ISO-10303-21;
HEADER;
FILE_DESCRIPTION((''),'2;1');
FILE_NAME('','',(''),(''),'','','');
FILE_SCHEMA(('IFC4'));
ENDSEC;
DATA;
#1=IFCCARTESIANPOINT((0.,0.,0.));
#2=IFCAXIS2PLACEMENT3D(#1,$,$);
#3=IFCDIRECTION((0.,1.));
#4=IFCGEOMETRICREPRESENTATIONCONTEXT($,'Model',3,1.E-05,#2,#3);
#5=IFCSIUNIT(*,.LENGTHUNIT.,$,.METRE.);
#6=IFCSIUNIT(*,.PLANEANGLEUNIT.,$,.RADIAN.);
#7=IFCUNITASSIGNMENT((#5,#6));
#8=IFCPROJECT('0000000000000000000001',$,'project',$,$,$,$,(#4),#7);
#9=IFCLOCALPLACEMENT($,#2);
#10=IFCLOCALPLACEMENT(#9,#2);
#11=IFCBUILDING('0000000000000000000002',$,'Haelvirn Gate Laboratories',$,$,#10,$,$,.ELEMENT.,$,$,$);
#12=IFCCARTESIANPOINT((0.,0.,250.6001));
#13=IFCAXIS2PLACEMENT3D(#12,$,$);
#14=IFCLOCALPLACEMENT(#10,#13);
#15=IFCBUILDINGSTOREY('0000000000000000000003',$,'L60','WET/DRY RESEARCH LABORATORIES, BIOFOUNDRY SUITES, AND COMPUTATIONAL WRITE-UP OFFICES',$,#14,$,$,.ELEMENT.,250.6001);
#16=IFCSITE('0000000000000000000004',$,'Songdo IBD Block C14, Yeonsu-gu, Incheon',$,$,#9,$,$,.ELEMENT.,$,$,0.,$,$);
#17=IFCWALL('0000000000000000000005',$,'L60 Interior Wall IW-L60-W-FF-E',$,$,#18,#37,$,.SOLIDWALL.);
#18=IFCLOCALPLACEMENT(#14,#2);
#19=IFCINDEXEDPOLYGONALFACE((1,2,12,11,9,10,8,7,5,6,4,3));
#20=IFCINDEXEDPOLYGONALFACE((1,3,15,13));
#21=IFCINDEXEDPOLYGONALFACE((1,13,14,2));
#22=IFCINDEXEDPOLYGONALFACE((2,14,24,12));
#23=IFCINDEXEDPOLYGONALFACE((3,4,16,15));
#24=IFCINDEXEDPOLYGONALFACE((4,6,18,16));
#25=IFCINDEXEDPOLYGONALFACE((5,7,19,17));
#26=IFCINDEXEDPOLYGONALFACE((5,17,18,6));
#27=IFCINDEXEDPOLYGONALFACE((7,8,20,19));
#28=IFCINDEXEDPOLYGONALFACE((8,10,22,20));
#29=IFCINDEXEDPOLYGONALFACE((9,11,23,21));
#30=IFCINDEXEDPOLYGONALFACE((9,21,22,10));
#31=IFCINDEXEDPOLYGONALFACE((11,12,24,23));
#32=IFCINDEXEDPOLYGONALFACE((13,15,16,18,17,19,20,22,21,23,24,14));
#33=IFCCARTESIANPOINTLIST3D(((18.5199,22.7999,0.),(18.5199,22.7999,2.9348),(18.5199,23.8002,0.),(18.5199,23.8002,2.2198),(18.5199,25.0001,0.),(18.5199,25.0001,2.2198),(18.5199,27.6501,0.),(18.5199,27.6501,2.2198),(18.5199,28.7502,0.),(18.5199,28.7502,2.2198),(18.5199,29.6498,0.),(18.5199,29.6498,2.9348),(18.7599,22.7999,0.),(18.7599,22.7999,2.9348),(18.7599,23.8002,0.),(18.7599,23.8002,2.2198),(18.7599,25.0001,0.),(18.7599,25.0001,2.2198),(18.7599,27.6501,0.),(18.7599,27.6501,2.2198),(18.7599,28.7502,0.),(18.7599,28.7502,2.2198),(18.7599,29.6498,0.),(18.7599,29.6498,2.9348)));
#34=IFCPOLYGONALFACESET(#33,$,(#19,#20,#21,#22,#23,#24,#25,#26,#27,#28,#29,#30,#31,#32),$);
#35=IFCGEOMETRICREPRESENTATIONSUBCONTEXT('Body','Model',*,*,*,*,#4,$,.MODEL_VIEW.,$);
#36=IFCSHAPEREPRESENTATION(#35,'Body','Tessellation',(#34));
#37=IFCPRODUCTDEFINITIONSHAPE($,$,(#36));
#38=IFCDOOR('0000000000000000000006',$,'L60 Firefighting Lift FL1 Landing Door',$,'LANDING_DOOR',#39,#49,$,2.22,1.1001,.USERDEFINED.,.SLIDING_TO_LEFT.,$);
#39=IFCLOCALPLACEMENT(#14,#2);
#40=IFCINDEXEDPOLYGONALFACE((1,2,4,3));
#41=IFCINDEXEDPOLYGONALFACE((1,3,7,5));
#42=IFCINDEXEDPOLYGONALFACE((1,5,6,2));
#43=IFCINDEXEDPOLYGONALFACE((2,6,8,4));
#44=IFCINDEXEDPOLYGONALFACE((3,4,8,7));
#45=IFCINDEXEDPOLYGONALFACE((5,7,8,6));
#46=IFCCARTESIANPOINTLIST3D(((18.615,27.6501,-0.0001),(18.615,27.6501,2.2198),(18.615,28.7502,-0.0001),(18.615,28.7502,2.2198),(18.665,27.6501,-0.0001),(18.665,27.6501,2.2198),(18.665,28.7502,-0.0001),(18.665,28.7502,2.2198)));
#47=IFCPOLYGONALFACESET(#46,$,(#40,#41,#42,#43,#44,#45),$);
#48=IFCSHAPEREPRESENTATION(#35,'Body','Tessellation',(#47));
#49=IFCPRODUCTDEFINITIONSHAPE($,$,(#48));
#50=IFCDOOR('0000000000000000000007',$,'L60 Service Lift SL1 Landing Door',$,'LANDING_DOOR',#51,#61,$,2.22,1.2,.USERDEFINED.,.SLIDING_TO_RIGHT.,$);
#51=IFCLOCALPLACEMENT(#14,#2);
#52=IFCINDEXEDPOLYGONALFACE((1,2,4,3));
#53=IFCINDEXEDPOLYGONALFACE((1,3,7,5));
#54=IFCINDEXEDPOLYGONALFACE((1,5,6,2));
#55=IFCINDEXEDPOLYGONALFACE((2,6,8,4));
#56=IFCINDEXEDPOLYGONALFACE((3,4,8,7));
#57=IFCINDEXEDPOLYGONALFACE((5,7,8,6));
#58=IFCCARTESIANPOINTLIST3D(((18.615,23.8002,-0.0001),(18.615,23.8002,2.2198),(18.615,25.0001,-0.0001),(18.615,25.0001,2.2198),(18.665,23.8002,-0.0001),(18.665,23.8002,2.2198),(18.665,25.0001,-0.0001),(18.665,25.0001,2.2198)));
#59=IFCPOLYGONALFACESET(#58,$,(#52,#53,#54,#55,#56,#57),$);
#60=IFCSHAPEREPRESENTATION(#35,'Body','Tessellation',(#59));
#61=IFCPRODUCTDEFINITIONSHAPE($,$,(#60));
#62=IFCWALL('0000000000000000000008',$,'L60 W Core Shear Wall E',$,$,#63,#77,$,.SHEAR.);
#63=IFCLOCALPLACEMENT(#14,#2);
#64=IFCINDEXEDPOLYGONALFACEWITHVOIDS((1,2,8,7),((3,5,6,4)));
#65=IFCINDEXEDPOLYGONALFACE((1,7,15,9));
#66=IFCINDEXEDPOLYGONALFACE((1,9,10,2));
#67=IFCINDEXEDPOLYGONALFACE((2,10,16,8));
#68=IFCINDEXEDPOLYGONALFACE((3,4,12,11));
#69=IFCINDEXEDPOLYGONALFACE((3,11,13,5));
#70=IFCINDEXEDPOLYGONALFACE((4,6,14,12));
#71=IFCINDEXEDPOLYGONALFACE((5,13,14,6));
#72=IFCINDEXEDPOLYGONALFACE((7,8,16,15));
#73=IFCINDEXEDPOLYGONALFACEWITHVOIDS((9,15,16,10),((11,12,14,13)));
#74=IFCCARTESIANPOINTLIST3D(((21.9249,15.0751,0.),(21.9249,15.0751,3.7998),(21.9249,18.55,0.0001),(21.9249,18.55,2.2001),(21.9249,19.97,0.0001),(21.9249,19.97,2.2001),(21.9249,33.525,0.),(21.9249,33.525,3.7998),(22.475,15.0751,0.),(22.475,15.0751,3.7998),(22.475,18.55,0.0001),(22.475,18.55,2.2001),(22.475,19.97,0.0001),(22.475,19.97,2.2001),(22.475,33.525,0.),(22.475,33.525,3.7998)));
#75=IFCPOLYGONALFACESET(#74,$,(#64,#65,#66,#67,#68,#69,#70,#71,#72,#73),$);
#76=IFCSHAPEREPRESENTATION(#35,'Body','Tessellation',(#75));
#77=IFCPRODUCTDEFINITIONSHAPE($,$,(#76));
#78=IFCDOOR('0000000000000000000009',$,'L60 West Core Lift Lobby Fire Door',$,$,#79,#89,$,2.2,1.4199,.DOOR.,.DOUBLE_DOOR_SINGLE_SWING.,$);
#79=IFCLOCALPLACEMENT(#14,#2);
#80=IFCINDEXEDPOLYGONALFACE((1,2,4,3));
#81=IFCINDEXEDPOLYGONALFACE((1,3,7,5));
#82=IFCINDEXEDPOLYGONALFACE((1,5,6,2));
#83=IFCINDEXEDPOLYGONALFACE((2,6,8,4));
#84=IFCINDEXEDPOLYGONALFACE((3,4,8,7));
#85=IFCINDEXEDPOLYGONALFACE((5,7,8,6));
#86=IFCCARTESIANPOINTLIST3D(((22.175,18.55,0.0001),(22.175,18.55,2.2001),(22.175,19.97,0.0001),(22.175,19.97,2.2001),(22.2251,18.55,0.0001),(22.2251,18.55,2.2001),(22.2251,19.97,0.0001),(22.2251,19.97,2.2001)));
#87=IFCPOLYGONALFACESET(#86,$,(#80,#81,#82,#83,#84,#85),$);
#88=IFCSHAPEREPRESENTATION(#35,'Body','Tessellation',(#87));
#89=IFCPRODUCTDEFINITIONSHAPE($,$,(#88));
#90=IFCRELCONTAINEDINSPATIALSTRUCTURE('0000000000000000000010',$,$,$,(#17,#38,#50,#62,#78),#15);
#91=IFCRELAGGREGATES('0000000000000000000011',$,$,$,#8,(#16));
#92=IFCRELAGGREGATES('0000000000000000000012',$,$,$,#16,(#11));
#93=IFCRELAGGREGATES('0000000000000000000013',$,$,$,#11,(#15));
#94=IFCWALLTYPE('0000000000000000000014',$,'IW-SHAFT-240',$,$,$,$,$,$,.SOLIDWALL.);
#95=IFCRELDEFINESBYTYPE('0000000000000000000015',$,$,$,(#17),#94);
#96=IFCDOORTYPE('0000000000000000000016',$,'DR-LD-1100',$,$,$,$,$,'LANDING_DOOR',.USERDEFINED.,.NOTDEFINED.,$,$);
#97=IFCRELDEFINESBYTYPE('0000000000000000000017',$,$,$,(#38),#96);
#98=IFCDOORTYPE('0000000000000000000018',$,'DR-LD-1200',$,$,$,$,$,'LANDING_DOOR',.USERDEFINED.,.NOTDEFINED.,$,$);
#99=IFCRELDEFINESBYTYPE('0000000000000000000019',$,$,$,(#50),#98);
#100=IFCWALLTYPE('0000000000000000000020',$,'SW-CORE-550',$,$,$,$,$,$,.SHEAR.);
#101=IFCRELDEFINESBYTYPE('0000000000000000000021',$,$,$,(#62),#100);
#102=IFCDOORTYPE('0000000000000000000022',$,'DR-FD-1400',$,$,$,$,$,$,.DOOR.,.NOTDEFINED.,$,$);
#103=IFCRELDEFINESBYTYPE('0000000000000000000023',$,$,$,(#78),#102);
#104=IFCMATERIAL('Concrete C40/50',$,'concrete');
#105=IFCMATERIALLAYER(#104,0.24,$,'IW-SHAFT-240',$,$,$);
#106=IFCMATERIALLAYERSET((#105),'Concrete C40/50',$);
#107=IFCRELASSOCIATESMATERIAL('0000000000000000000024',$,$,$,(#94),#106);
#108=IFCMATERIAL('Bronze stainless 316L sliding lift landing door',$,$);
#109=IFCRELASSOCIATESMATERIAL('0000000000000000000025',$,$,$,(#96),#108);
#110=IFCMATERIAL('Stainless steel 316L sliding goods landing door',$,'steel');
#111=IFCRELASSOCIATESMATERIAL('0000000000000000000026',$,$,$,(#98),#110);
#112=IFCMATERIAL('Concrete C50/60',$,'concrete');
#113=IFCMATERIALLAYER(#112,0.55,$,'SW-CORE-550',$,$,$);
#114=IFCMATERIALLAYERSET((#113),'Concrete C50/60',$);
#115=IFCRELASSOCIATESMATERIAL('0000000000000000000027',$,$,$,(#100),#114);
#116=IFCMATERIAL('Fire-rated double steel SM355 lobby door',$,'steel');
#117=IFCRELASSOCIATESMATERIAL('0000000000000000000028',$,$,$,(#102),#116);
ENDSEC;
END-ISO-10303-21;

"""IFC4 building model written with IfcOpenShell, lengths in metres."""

from ifc_helpers import new_model, si_unit, direction, frame, frame_2d, origin, place, context, subcontext, project, spatial, rectangle, extrude, source, transform, mapped, material, layer, layer_set, type_object, type_shapes, element, fill, save


model = new_model("IFC4")

# Units and contexts
model_context = context("Model", 3, precision=1e-05, world=origin(), true_north=direction((0.0, 1.0)))
body_context = subcontext(model_context, "Body", "Model", "MODEL_VIEW")
ifc_project = project(units=[si_unit("LENGTHUNIT", "METRE"), si_unit("PLANEANGLEUNIT", "RADIAN")], contexts=[model_context])

# Site, building, storey
site_placement = place(None, origin())
site = spatial("IfcSite", under=ifc_project, at=site_placement, Name="Songdo IBD Block C14, Yeonsu-gu, Incheon", CompositionType="ELEMENT", RefElevation=0.0)
building_placement = place(site_placement, origin())
building = spatial("IfcBuilding", under=site, at=building_placement, Name="Haelvirn Gate Laboratories", CompositionType="ELEMENT")
storey_placement = place(building_placement, frame((0.0, 0.0, 250.6001)))
storey = spatial("IfcBuildingStorey", under=building, at=storey_placement, Name="L60", Description="WET/DRY RESEARCH LABORATORIES, BIOFOUNDRY SUITES, AND COMPUTATIONAL WRITE-UP OFFICES", CompositionType="ELEMENT", Elevation=250.6001)

# Shared definitions
ifc_material_1 = material(Name="Concrete C40/50", Category="concrete")

# Wall, openings, doors
ifc_layer_1 = layer(ifc_material_1, 0.24, Name="IW-SHAFT-240")
ifc_layer_set_1 = layer_set([ifc_layer_1], Name="Concrete C40/50")
wall_type_1 = type_object("IfcWallType", Name="IW-SHAFT-240", PredefinedType="SOLIDWALL", material=ifc_layer_set_1)
wall_1_placement = place(storey_placement, frame((18.6399, 22.8, 0.0), z_axis=(0.0, 0.0, 1.0), x_axis=(0.0, 1.0, 0.0)))
wall_1 = element("IfcWall", 1, at=wall_1_placement, inside=storey, type_object=wall_type_1, Name="L60 Interior Wall IW-L60-W-FF-E", PredefinedType="SOLIDWALL", context=body_context, shape_type="SweptSolid", body=[
    extrude(rectangle(XDim=6.8499, YDim=0.24, at=frame_2d((3.4248, 0.0))), origin(), (0.0, 0.0, 1.0), 2.9348),
])
opening_1_placement = place(wall_1_placement, frame((4.8501, 0.0, 0.0)))
opening_1 = element("IfcOpeningElement", 2, at=opening_1_placement, cuts=wall_1, PredefinedType="OPENING", context=body_context, shape_type="SweptSolid", body=[
    extrude(rectangle(XDim=1.1001, YDim=2.22, at=frame_2d((0.55, 1.1099))), frame((0.0, 0.1299, 0.0), z_axis=(0.0, -1.0, 0.0), x_axis=(1.0, 0.0, 0.0)), (0.0, 0.0, 1.0), 0.26),
])
opening_2_placement = place(wall_1_placement, frame((1.0, 0.0, 0.0)))
opening_2 = element("IfcOpeningElement", 3, at=opening_2_placement, cuts=wall_1, PredefinedType="OPENING", context=body_context, shape_type="SweptSolid", body=[
    extrude(rectangle(XDim=1.2, YDim=2.22, at=frame_2d((0.6001, 1.1099))), frame((0.0, 0.1299, 0.0), z_axis=(0.0, -1.0, 0.0), x_axis=(1.0, 0.0, 0.0)), (0.0, 0.0, 1.0), 0.26),
])
ifc_material_2 = material(Name="Bronze stainless 316L sliding lift landing door")
door_type_1 = type_object("IfcDoorType", Name="DR-LD-1100", ElementType="LANDING_DOOR", OperationType="NOTDEFINED", PredefinedType="USERDEFINED", material=ifc_material_2)
shared_shape_1 = source(origin(), body_context, "Body", "SweptSolid", [
    extrude(rectangle(XDim=1.1001, YDim=2.22, at=frame_2d((0.55, 1.1099))), frame((0.0, 0.0249, 0.0), z_axis=(0.0, -1.0, 0.0), x_axis=(1.0, 0.0, 0.0)), (0.0, 0.0, 1.0), 0.05),
])
type_shapes(door_type_1, [shared_shape_1])
door_1_placement = place(opening_1_placement, origin())
door_1 = element("IfcDoor", 4, at=door_1_placement, inside=storey, type_object=door_type_1, Name="L60 Firefighting Lift FL1 Landing Door", ObjectType="LANDING_DOOR", OperationType="SLIDING_TO_LEFT", OverallHeight=2.22, OverallWidth=1.1001, PredefinedType="USERDEFINED", context=body_context, shape_type="MappedRepresentation", body=[
    mapped(shared_shape_1, transform((0.0, 0.0, 0.0), scale=1.0)),
])
fill(opening_1, door_1)
ifc_material_3 = material(Name="Stainless steel 316L sliding goods landing door", Category="steel")
door_type_2 = type_object("IfcDoorType", Name="DR-LD-1200", ElementType="LANDING_DOOR", OperationType="NOTDEFINED", PredefinedType="USERDEFINED", material=ifc_material_3)
shared_shape_2 = source(origin(), body_context, "Body", "SweptSolid", [
    extrude(rectangle(XDim=1.2, YDim=2.22, at=frame_2d((0.6001, 1.1099))), frame((0.0, 0.0249, 0.0), z_axis=(0.0, -1.0, 0.0), x_axis=(1.0, 0.0, 0.0)), (0.0, 0.0, 1.0), 0.05),
])
type_shapes(door_type_2, [shared_shape_2])
door_2_placement = place(opening_2_placement, origin())
door_2 = element("IfcDoor", 5, at=door_2_placement, inside=storey, type_object=door_type_2, Name="L60 Service Lift SL1 Landing Door", ObjectType="LANDING_DOOR", OperationType="SLIDING_TO_RIGHT", OverallHeight=2.22, OverallWidth=1.2, PredefinedType="USERDEFINED", context=body_context, shape_type="MappedRepresentation", body=[
    mapped(shared_shape_2, transform((0.0, 0.0, 0.0), scale=1.0)),
])
fill(opening_2, door_2)

# Wall, opening, door
ifc_material_4 = material(Name="Concrete C50/60", Category="concrete")
ifc_layer_2 = layer(ifc_material_4, 0.55, Name="SW-CORE-550")
ifc_layer_set_2 = layer_set([ifc_layer_2], Name="Concrete C50/60")
wall_type_2 = type_object("IfcWallType", Name="SW-CORE-550", PredefinedType="SHEAR", material=ifc_layer_set_2)
wall_2_placement = place(storey_placement, frame((22.2, 15.075, 0.0), z_axis=(0.0, 0.0, 1.0), x_axis=(0.0, 1.0, 0.0)))
wall_2 = element("IfcWall", 6, at=wall_2_placement, inside=storey, type_object=wall_type_2, Name="L60 W Core Shear Wall E", PredefinedType="SHEAR", context=body_context, shape_type="SweptSolid", body=[
    extrude(rectangle(XDim=18.45, YDim=0.55, at=frame_2d((9.2251, 0.0))), origin(), (0.0, 0.0, 1.0), 3.7998),
])
opening_3_placement = place(wall_2_placement, frame((3.4751, 0.0, 0.0)))
opening_3 = element("IfcOpeningElement", 7, at=opening_3_placement, cuts=wall_2, PredefinedType="OPENING", context=body_context, shape_type="SweptSolid", body=[
    extrude(rectangle(XDim=1.4199, YDim=2.2, at=frame_2d((0.71, 1.1001))), frame((0.0, 0.2852, 0.0), z_axis=(0.0, -1.0, 0.0), x_axis=(1.0, 0.0, 0.0)), (0.0, 0.0, 1.0), 0.5701),
])
ifc_material_5 = material(Name="Fire-rated double steel SM355 lobby door", Category="steel")
door_type_3 = type_object("IfcDoorType", Name="DR-FD-1400", OperationType="NOTDEFINED", PredefinedType="DOOR", material=ifc_material_5)
shared_shape_3 = source(origin(), body_context, "Body", "SweptSolid", [
    extrude(rectangle(XDim=1.4199, YDim=2.2, at=frame_2d((0.71, 1.1001))), frame((0.0, 0.0249, 0.0), z_axis=(0.0, -1.0, 0.0), x_axis=(1.0, 0.0, 0.0)), (0.0, 0.0, 1.0), 0.05),
])
type_shapes(door_type_3, [shared_shape_3])
door_3_placement = place(opening_3_placement, origin())
door_3 = element("IfcDoor", 8, at=door_3_placement, inside=storey, type_object=door_type_3, Name="L60 West Core Lift Lobby Fire Door", OperationType="DOUBLE_DOOR_SINGLE_SWING", OverallHeight=2.2, OverallWidth=1.4199, PredefinedType="DOOR", context=body_context, shape_type="MappedRepresentation", body=[
    mapped(shared_shape_3, transform((0.0, 0.0, 0.0), scale=1.0)),
])
fill(opening_3, door_3)

save(model, "model.ifc")
